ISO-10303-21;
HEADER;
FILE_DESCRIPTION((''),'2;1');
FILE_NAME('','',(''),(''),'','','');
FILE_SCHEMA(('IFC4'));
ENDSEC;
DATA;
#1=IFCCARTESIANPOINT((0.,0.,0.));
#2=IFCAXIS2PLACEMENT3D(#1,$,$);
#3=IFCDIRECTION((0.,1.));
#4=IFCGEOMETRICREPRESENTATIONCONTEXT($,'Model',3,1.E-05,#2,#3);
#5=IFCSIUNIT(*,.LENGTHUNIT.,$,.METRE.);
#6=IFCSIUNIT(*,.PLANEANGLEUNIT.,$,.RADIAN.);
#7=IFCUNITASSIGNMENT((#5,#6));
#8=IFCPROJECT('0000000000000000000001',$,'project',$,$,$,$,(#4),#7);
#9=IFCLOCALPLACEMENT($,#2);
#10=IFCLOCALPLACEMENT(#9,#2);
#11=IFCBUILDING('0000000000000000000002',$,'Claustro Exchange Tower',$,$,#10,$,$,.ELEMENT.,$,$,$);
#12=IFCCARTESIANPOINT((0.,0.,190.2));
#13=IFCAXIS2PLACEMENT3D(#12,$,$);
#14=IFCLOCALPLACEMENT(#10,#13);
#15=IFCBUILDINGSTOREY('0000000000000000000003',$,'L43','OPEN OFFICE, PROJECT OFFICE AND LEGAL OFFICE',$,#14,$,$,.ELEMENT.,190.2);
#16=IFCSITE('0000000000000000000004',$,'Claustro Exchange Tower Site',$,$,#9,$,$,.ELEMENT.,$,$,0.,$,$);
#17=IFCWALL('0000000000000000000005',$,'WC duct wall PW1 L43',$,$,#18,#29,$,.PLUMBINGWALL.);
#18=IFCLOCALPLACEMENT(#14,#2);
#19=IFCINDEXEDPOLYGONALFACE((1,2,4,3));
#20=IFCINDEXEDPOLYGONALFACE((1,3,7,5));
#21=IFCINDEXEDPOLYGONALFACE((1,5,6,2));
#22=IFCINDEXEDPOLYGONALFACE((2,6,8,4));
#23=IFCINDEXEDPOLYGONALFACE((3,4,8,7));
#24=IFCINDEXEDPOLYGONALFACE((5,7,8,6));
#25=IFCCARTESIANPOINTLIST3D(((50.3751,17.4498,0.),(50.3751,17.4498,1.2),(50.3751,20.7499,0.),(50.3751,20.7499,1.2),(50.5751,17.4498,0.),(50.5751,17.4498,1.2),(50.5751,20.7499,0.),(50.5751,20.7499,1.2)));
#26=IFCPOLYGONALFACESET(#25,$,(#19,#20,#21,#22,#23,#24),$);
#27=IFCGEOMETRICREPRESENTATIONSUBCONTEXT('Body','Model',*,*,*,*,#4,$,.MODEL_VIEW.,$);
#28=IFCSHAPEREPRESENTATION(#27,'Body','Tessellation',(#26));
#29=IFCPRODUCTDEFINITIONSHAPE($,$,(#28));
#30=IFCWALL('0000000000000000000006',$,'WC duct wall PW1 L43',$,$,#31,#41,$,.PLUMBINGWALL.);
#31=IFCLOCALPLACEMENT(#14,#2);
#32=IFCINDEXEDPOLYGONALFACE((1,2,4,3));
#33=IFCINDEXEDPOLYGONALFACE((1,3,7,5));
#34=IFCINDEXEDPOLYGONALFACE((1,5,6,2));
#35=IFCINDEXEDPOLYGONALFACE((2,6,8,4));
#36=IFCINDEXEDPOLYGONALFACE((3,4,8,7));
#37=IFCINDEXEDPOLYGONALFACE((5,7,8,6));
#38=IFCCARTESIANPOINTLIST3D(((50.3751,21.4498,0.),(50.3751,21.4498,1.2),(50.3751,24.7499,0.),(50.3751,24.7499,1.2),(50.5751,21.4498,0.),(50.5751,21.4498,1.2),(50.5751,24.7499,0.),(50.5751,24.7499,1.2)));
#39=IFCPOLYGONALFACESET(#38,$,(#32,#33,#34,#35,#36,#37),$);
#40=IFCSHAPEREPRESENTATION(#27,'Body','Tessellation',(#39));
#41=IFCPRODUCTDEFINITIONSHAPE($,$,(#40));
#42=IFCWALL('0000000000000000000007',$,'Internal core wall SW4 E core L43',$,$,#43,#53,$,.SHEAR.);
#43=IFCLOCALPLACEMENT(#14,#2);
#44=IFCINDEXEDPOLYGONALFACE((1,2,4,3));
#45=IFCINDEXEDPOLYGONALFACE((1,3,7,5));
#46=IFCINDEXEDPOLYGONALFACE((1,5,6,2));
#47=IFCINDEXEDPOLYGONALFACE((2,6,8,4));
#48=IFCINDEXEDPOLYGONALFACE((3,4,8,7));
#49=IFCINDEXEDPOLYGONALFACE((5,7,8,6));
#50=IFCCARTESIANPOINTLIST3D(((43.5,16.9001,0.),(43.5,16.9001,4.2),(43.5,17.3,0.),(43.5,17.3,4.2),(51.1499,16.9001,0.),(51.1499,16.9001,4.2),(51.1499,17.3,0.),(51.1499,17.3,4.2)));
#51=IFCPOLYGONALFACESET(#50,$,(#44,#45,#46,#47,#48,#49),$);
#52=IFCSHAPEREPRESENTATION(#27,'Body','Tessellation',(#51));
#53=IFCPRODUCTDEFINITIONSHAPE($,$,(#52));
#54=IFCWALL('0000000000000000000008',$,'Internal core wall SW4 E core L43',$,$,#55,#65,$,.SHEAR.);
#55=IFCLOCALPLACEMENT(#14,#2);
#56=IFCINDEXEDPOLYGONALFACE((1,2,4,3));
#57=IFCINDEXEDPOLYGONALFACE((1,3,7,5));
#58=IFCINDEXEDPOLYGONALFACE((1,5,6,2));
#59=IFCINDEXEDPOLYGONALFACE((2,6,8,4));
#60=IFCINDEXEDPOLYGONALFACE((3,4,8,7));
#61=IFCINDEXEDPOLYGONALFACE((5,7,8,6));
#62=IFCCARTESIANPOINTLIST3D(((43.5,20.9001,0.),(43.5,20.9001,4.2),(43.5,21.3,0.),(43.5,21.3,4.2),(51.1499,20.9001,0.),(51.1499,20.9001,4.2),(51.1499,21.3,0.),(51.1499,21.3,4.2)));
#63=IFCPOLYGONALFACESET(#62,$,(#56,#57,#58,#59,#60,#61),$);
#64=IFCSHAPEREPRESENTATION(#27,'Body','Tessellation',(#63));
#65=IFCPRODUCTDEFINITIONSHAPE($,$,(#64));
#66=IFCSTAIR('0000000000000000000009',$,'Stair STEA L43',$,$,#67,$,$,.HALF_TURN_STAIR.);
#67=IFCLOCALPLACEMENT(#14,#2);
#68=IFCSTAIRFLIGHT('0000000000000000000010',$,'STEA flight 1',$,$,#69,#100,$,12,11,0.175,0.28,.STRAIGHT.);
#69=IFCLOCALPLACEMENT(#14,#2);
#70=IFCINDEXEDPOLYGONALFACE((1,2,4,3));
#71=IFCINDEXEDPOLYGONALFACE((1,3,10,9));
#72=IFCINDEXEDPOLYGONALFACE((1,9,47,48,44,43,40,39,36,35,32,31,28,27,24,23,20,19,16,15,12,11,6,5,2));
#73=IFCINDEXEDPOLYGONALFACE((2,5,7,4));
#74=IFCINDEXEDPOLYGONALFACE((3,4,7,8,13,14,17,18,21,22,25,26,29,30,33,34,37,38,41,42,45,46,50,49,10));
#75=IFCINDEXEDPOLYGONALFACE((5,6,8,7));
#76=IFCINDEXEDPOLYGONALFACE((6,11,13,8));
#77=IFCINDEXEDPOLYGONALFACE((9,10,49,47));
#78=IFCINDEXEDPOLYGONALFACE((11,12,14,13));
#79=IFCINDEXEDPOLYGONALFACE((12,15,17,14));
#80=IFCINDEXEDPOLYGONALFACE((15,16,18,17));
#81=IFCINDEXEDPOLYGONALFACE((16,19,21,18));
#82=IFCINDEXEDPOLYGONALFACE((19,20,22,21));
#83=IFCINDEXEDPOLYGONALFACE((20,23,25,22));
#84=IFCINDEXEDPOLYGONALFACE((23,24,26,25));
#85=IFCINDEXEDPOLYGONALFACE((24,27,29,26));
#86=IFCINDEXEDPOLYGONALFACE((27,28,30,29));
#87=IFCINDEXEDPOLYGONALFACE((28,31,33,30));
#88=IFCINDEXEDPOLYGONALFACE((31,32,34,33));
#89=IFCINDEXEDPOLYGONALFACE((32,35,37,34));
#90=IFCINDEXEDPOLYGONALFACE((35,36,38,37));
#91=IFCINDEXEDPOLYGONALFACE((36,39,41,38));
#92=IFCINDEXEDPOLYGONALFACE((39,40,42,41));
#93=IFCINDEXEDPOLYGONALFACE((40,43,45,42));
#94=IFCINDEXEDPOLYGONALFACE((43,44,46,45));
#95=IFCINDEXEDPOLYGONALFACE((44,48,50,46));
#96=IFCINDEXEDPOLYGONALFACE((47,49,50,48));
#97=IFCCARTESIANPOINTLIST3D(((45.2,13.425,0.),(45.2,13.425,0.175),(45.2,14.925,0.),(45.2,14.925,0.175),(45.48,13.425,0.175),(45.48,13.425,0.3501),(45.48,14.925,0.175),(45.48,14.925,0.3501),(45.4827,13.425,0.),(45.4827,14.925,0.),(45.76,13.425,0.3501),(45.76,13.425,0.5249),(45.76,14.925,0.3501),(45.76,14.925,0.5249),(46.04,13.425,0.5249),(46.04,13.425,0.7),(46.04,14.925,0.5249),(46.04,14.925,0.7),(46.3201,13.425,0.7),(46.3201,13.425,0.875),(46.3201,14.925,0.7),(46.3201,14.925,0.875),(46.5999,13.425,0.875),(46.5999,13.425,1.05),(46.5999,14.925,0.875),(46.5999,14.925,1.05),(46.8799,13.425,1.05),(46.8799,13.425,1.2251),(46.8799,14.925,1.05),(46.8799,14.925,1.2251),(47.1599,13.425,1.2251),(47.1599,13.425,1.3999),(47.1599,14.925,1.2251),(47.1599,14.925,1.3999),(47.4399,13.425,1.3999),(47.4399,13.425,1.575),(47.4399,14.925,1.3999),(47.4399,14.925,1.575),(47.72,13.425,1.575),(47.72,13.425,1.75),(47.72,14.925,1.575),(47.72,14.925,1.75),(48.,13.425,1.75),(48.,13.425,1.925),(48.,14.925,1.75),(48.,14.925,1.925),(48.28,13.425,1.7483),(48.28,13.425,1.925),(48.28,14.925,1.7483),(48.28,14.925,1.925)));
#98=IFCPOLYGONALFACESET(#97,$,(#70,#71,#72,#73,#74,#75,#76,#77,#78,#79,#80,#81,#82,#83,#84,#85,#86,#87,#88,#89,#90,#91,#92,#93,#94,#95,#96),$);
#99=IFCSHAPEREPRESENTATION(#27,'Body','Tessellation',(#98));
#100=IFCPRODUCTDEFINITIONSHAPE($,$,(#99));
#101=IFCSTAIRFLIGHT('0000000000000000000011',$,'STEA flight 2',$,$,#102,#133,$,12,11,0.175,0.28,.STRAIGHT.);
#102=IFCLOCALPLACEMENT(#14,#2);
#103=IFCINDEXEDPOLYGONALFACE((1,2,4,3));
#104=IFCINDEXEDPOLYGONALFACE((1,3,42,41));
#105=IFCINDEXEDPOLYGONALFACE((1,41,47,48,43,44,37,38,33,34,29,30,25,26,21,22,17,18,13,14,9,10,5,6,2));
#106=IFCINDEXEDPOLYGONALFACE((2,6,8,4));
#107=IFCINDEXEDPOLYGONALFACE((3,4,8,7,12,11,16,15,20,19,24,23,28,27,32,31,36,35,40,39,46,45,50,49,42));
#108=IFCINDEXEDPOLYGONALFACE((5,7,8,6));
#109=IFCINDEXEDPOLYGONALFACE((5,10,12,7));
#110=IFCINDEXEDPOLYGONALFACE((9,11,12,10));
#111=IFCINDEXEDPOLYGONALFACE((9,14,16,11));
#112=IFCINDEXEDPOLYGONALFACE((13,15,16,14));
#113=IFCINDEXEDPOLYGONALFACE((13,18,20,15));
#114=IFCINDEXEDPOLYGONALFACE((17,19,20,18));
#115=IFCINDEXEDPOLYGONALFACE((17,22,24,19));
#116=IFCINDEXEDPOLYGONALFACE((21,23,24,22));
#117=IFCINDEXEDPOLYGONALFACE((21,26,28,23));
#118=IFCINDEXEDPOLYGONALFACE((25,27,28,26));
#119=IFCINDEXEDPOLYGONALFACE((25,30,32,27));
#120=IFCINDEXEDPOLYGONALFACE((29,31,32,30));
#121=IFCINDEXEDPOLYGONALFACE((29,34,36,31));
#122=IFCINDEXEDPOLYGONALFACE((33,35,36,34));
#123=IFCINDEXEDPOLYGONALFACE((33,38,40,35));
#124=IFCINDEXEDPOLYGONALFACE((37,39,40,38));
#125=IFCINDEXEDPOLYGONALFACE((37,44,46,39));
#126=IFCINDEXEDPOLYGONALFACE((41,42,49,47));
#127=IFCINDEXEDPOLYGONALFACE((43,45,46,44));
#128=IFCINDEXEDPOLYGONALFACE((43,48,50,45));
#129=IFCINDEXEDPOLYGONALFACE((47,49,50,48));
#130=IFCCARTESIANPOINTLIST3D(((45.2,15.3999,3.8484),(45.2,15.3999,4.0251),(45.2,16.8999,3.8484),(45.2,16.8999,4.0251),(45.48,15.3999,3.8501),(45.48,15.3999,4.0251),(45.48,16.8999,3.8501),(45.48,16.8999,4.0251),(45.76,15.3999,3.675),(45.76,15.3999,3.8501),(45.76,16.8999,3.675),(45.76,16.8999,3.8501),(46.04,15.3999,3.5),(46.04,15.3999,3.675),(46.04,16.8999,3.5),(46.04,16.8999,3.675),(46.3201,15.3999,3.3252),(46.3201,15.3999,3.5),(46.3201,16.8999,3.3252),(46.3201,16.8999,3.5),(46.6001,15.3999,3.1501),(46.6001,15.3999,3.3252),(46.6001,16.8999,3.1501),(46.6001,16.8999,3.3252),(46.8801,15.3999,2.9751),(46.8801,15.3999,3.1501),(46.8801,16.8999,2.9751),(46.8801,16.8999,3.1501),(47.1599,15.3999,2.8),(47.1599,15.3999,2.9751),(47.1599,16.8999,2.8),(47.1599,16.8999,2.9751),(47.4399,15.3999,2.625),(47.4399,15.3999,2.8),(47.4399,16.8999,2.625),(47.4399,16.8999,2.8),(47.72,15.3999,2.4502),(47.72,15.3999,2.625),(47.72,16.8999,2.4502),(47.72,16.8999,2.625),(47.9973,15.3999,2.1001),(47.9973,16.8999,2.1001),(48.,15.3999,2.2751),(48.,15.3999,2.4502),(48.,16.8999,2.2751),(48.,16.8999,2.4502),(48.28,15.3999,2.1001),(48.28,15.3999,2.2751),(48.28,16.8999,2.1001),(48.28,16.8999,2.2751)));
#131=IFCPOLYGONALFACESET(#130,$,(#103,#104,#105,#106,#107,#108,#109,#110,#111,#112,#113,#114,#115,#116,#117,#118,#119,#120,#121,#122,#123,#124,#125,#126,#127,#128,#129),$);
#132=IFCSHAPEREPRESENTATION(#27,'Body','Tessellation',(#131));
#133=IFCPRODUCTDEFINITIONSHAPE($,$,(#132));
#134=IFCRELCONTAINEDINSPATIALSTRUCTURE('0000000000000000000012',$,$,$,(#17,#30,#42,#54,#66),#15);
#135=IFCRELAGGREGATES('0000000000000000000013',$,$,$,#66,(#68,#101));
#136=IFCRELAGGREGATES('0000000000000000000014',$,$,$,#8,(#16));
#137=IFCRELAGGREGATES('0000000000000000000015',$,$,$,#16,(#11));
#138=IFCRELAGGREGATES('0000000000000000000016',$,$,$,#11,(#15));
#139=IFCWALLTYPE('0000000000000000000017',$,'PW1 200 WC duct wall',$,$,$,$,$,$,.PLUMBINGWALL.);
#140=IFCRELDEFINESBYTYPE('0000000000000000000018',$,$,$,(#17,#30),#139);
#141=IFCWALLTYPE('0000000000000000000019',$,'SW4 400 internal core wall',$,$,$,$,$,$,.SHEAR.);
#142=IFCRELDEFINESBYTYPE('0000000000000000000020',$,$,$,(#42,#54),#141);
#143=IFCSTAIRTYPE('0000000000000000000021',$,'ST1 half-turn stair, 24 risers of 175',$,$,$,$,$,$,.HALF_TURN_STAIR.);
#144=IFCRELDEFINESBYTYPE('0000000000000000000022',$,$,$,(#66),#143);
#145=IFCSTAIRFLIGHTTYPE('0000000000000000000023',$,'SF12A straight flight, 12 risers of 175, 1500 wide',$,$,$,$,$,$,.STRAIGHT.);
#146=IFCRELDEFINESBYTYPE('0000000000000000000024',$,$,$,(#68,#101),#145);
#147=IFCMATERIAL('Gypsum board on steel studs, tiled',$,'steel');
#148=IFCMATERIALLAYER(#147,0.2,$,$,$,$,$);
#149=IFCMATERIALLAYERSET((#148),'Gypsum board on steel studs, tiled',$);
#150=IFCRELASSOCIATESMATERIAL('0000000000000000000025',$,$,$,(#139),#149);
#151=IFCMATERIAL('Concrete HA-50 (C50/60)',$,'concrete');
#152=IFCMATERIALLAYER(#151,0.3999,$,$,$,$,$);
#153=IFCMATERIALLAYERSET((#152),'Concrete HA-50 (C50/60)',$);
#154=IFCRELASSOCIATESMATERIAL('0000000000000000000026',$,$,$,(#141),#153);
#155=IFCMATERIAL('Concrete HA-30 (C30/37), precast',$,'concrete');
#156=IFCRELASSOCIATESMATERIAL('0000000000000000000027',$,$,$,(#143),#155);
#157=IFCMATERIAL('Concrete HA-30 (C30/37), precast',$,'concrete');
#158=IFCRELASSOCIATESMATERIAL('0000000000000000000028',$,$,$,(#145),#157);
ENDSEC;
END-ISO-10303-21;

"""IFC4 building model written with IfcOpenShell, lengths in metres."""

from ifc_helpers import new_model, si_unit, direction, frame, frame_2d, origin, place, context, subcontext, project, spatial, polyline, rectangle, outline, extrude, material, layer, layer_set, type_object, element, aggregate, save


model = new_model("IFC4")

# Units and contexts
model_context = context("Model", 3, precision=1e-05, world=origin(), true_north=direction((0.0, 1.0)))
body_context = subcontext(model_context, "Body", "Model", "MODEL_VIEW")
ifc_project = project(units=[si_unit("LENGTHUNIT", "METRE"), si_unit("PLANEANGLEUNIT", "RADIAN")], contexts=[model_context])

# Site, building, storey
site_placement = place(None, origin())
site = spatial("IfcSite", under=ifc_project, at=site_placement, Name="Claustro Exchange Tower Site", CompositionType="ELEMENT", RefElevation=0.0)
building_placement = place(site_placement, origin())
building = spatial("IfcBuilding", under=site, at=building_placement, Name="Claustro Exchange Tower", CompositionType="ELEMENT")
storey_placement = place(building_placement, frame((0.0, 0.0, 190.2)))
storey = spatial("IfcBuildingStorey", under=building, at=storey_placement, Name="L43", Description="OPEN OFFICE, PROJECT OFFICE AND LEGAL OFFICE", CompositionType="ELEMENT", Elevation=190.2)

# Walls
ifc_material_1 = material(Name="Gypsum board on steel studs, tiled", Category="steel")
ifc_layer_1 = layer(ifc_material_1, 0.2)
ifc_layer_set_1 = layer_set([ifc_layer_1], Name="Gypsum board on steel studs, tiled")
wall_type_1 = type_object("IfcWallType", Name="PW1 200 WC duct wall", PredefinedType="PLUMBINGWALL", material=ifc_layer_set_1)
for number, where, z_axis, x_axis, name in (
    (1, (50.4751, 17.45, 0.0), (0.0, 0.0, 1.0), (0.0, 1.0, 0.0), "WC duct wall PW1 L43"),
    (2, (50.4751, 21.45, 0.0), (0.0, 0.0, 1.0), (0.0, 1.0, 0.0), "WC duct wall PW1 L43"),
):
    element("IfcWall", number, at=place(storey_placement, frame(where, z_axis=z_axis, x_axis=x_axis)), inside=storey, type_object=wall_type_1, Name=name, PredefinedType="PLUMBINGWALL", context=body_context, shape_type="SweptSolid", body=[
        extrude(rectangle(XDim=3.3, YDim=0.2, at=frame_2d((1.6499, 0.0))), origin(), (0.0, 0.0, 1.0), 1.2),
    ])
ifc_material_2 = material(Name="Concrete HA-50 (C50/60)", Category="concrete")
ifc_layer_2 = layer(ifc_material_2, 0.3999)
ifc_layer_set_2 = layer_set([ifc_layer_2], Name="Concrete HA-50 (C50/60)")
wall_type_2 = type_object("IfcWallType", Name="SW4 400 internal core wall", PredefinedType="SHEAR", material=ifc_layer_set_2)
for number, where, z_axis, x_axis, name in (
    (3, (51.1499, 17.1001, 0.0), (0.0, 0.0, 1.0), (-1.0, 0.0, 0.0), "Internal core wall SW4 E core L43"),
    (4, (51.1499, 21.1001, 0.0), (0.0, 0.0, 1.0), (-1.0, 0.0, 0.0), "Internal core wall SW4 E core L43"),
):
    element("IfcWall", number, at=place(storey_placement, frame(where, z_axis=z_axis, x_axis=x_axis)), inside=storey, type_object=wall_type_2, Name=name, PredefinedType="SHEAR", context=body_context, shape_type="SweptSolid", body=[
        extrude(rectangle(XDim=7.6499, YDim=0.3999, at=frame_2d((3.825, 0.0))), origin(), (0.0, 0.0, 1.0), 4.2),
    ])

# Stair, stair flights
ifc_material_3 = material(Name="Concrete HA-30 (C30/37), precast", Category="concrete")
stair_type = type_object("IfcStairType", Name="ST1 half-turn stair, 24 risers of 175", PredefinedType="HALF_TURN_STAIR", material=ifc_material_3)
stair_placement = place(storey_placement, origin())
stair = element("IfcStair", 5, at=stair_placement, inside=storey, type_object=stair_type, Name="Stair STEA L43", PredefinedType="HALF_TURN_STAIR")
ifc_material_4 = material(Name="Concrete HA-30 (C30/37), precast", Category="concrete")
stair_flight_type = type_object("IfcStairFlightType", Name="SF12A straight flight, 12 risers of 175, 1500 wide", PredefinedType="STRAIGHT", material=ifc_material_4)
stair_flight_1_placement = place(storey_placement, frame((45.2, 14.175, 0.0), z_axis=(0.0, 0.0, 1.0), x_axis=(1.0, 0.0, 0.0)))
stair_flight_1 = element("IfcStairFlight", 6, at=stair_flight_1_placement, type_object=stair_flight_type, Name="STEA flight 1", NumberOfRisers=12, NumberOfTreads=11, PredefinedType="STRAIGHT", RiserHeight=0.175, TreadLength=0.28, context=body_context, shape_type="SweptSolid", body=[
    extrude(outline(polyline([(0.0, 0.0), (0.0, 0.175), (0.28, 0.175), (0.28, 0.3501), (0.5601, 0.3501), (0.5601, 0.5249), (0.8401, 0.5249), (0.8401, 0.7), (1.1201, 0.7), (1.1201, 0.875), (1.3999, 0.875), (1.3999, 1.05), (1.6799, 1.05), (1.6799, 1.2251), (1.96, 1.2251), (1.96, 1.3999), (2.24, 1.3999), (2.24, 1.575), (2.52, 1.575), (2.52, 1.75), (2.8, 1.75), (2.8, 1.925), (3.0801, 1.925), (3.0801, 2.1001), (3.0801, 1.7483), (0.2827, 0.0), (0.0, 0.0)])), frame((0.0, 0.75, 0.0), z_axis=(0.0, -1.0, 0.0), x_axis=(1.0, 0.0, 0.0)), (0.0, 0.0, 1.0), 1.5),
])
stair_flight_2_placement = place(storey_placement, frame((48.28, 16.1499, 2.1001), z_axis=(0.0, 0.0, 1.0), x_axis=(-1.0, 0.0, 0.0)))
stair_flight_2 = element("IfcStairFlight", 7, at=stair_flight_2_placement, type_object=stair_flight_type, Name="STEA flight 2", NumberOfRisers=12, NumberOfTreads=11, PredefinedType="STRAIGHT", RiserHeight=0.175, TreadLength=0.28, context=body_context, shape_type="SweptSolid", body=[
    extrude(outline(polyline([(0.0, 0.0), (0.0, 0.175), (0.28, 0.175), (0.28, 0.3501), (0.5601, 0.3501), (0.5601, 0.5249), (0.8401, 0.5249), (0.8401, 0.7), (1.1201, 0.7), (1.1201, 0.875), (1.3999, 0.875), (1.3999, 1.05), (1.6799, 1.05), (1.6799, 1.2251), (1.96, 1.2251), (1.96, 1.3999), (2.24, 1.3999), (2.24, 1.575), (2.52, 1.575), (2.52, 1.75), (2.8, 1.75), (2.8, 1.925), (3.0801, 1.925), (3.0801, 2.1001), (3.0801, 1.7483), (0.2827, 0.0), (0.0, 0.0)])), frame((0.0, 0.75, 0.0), z_axis=(0.0, -1.0, 0.0), x_axis=(1.0, 0.0, 0.0)), (0.0, 0.0, 1.0), 1.5),
])
aggregate(stair, [stair_flight_1, stair_flight_2])

save(model, "model.ifc")
